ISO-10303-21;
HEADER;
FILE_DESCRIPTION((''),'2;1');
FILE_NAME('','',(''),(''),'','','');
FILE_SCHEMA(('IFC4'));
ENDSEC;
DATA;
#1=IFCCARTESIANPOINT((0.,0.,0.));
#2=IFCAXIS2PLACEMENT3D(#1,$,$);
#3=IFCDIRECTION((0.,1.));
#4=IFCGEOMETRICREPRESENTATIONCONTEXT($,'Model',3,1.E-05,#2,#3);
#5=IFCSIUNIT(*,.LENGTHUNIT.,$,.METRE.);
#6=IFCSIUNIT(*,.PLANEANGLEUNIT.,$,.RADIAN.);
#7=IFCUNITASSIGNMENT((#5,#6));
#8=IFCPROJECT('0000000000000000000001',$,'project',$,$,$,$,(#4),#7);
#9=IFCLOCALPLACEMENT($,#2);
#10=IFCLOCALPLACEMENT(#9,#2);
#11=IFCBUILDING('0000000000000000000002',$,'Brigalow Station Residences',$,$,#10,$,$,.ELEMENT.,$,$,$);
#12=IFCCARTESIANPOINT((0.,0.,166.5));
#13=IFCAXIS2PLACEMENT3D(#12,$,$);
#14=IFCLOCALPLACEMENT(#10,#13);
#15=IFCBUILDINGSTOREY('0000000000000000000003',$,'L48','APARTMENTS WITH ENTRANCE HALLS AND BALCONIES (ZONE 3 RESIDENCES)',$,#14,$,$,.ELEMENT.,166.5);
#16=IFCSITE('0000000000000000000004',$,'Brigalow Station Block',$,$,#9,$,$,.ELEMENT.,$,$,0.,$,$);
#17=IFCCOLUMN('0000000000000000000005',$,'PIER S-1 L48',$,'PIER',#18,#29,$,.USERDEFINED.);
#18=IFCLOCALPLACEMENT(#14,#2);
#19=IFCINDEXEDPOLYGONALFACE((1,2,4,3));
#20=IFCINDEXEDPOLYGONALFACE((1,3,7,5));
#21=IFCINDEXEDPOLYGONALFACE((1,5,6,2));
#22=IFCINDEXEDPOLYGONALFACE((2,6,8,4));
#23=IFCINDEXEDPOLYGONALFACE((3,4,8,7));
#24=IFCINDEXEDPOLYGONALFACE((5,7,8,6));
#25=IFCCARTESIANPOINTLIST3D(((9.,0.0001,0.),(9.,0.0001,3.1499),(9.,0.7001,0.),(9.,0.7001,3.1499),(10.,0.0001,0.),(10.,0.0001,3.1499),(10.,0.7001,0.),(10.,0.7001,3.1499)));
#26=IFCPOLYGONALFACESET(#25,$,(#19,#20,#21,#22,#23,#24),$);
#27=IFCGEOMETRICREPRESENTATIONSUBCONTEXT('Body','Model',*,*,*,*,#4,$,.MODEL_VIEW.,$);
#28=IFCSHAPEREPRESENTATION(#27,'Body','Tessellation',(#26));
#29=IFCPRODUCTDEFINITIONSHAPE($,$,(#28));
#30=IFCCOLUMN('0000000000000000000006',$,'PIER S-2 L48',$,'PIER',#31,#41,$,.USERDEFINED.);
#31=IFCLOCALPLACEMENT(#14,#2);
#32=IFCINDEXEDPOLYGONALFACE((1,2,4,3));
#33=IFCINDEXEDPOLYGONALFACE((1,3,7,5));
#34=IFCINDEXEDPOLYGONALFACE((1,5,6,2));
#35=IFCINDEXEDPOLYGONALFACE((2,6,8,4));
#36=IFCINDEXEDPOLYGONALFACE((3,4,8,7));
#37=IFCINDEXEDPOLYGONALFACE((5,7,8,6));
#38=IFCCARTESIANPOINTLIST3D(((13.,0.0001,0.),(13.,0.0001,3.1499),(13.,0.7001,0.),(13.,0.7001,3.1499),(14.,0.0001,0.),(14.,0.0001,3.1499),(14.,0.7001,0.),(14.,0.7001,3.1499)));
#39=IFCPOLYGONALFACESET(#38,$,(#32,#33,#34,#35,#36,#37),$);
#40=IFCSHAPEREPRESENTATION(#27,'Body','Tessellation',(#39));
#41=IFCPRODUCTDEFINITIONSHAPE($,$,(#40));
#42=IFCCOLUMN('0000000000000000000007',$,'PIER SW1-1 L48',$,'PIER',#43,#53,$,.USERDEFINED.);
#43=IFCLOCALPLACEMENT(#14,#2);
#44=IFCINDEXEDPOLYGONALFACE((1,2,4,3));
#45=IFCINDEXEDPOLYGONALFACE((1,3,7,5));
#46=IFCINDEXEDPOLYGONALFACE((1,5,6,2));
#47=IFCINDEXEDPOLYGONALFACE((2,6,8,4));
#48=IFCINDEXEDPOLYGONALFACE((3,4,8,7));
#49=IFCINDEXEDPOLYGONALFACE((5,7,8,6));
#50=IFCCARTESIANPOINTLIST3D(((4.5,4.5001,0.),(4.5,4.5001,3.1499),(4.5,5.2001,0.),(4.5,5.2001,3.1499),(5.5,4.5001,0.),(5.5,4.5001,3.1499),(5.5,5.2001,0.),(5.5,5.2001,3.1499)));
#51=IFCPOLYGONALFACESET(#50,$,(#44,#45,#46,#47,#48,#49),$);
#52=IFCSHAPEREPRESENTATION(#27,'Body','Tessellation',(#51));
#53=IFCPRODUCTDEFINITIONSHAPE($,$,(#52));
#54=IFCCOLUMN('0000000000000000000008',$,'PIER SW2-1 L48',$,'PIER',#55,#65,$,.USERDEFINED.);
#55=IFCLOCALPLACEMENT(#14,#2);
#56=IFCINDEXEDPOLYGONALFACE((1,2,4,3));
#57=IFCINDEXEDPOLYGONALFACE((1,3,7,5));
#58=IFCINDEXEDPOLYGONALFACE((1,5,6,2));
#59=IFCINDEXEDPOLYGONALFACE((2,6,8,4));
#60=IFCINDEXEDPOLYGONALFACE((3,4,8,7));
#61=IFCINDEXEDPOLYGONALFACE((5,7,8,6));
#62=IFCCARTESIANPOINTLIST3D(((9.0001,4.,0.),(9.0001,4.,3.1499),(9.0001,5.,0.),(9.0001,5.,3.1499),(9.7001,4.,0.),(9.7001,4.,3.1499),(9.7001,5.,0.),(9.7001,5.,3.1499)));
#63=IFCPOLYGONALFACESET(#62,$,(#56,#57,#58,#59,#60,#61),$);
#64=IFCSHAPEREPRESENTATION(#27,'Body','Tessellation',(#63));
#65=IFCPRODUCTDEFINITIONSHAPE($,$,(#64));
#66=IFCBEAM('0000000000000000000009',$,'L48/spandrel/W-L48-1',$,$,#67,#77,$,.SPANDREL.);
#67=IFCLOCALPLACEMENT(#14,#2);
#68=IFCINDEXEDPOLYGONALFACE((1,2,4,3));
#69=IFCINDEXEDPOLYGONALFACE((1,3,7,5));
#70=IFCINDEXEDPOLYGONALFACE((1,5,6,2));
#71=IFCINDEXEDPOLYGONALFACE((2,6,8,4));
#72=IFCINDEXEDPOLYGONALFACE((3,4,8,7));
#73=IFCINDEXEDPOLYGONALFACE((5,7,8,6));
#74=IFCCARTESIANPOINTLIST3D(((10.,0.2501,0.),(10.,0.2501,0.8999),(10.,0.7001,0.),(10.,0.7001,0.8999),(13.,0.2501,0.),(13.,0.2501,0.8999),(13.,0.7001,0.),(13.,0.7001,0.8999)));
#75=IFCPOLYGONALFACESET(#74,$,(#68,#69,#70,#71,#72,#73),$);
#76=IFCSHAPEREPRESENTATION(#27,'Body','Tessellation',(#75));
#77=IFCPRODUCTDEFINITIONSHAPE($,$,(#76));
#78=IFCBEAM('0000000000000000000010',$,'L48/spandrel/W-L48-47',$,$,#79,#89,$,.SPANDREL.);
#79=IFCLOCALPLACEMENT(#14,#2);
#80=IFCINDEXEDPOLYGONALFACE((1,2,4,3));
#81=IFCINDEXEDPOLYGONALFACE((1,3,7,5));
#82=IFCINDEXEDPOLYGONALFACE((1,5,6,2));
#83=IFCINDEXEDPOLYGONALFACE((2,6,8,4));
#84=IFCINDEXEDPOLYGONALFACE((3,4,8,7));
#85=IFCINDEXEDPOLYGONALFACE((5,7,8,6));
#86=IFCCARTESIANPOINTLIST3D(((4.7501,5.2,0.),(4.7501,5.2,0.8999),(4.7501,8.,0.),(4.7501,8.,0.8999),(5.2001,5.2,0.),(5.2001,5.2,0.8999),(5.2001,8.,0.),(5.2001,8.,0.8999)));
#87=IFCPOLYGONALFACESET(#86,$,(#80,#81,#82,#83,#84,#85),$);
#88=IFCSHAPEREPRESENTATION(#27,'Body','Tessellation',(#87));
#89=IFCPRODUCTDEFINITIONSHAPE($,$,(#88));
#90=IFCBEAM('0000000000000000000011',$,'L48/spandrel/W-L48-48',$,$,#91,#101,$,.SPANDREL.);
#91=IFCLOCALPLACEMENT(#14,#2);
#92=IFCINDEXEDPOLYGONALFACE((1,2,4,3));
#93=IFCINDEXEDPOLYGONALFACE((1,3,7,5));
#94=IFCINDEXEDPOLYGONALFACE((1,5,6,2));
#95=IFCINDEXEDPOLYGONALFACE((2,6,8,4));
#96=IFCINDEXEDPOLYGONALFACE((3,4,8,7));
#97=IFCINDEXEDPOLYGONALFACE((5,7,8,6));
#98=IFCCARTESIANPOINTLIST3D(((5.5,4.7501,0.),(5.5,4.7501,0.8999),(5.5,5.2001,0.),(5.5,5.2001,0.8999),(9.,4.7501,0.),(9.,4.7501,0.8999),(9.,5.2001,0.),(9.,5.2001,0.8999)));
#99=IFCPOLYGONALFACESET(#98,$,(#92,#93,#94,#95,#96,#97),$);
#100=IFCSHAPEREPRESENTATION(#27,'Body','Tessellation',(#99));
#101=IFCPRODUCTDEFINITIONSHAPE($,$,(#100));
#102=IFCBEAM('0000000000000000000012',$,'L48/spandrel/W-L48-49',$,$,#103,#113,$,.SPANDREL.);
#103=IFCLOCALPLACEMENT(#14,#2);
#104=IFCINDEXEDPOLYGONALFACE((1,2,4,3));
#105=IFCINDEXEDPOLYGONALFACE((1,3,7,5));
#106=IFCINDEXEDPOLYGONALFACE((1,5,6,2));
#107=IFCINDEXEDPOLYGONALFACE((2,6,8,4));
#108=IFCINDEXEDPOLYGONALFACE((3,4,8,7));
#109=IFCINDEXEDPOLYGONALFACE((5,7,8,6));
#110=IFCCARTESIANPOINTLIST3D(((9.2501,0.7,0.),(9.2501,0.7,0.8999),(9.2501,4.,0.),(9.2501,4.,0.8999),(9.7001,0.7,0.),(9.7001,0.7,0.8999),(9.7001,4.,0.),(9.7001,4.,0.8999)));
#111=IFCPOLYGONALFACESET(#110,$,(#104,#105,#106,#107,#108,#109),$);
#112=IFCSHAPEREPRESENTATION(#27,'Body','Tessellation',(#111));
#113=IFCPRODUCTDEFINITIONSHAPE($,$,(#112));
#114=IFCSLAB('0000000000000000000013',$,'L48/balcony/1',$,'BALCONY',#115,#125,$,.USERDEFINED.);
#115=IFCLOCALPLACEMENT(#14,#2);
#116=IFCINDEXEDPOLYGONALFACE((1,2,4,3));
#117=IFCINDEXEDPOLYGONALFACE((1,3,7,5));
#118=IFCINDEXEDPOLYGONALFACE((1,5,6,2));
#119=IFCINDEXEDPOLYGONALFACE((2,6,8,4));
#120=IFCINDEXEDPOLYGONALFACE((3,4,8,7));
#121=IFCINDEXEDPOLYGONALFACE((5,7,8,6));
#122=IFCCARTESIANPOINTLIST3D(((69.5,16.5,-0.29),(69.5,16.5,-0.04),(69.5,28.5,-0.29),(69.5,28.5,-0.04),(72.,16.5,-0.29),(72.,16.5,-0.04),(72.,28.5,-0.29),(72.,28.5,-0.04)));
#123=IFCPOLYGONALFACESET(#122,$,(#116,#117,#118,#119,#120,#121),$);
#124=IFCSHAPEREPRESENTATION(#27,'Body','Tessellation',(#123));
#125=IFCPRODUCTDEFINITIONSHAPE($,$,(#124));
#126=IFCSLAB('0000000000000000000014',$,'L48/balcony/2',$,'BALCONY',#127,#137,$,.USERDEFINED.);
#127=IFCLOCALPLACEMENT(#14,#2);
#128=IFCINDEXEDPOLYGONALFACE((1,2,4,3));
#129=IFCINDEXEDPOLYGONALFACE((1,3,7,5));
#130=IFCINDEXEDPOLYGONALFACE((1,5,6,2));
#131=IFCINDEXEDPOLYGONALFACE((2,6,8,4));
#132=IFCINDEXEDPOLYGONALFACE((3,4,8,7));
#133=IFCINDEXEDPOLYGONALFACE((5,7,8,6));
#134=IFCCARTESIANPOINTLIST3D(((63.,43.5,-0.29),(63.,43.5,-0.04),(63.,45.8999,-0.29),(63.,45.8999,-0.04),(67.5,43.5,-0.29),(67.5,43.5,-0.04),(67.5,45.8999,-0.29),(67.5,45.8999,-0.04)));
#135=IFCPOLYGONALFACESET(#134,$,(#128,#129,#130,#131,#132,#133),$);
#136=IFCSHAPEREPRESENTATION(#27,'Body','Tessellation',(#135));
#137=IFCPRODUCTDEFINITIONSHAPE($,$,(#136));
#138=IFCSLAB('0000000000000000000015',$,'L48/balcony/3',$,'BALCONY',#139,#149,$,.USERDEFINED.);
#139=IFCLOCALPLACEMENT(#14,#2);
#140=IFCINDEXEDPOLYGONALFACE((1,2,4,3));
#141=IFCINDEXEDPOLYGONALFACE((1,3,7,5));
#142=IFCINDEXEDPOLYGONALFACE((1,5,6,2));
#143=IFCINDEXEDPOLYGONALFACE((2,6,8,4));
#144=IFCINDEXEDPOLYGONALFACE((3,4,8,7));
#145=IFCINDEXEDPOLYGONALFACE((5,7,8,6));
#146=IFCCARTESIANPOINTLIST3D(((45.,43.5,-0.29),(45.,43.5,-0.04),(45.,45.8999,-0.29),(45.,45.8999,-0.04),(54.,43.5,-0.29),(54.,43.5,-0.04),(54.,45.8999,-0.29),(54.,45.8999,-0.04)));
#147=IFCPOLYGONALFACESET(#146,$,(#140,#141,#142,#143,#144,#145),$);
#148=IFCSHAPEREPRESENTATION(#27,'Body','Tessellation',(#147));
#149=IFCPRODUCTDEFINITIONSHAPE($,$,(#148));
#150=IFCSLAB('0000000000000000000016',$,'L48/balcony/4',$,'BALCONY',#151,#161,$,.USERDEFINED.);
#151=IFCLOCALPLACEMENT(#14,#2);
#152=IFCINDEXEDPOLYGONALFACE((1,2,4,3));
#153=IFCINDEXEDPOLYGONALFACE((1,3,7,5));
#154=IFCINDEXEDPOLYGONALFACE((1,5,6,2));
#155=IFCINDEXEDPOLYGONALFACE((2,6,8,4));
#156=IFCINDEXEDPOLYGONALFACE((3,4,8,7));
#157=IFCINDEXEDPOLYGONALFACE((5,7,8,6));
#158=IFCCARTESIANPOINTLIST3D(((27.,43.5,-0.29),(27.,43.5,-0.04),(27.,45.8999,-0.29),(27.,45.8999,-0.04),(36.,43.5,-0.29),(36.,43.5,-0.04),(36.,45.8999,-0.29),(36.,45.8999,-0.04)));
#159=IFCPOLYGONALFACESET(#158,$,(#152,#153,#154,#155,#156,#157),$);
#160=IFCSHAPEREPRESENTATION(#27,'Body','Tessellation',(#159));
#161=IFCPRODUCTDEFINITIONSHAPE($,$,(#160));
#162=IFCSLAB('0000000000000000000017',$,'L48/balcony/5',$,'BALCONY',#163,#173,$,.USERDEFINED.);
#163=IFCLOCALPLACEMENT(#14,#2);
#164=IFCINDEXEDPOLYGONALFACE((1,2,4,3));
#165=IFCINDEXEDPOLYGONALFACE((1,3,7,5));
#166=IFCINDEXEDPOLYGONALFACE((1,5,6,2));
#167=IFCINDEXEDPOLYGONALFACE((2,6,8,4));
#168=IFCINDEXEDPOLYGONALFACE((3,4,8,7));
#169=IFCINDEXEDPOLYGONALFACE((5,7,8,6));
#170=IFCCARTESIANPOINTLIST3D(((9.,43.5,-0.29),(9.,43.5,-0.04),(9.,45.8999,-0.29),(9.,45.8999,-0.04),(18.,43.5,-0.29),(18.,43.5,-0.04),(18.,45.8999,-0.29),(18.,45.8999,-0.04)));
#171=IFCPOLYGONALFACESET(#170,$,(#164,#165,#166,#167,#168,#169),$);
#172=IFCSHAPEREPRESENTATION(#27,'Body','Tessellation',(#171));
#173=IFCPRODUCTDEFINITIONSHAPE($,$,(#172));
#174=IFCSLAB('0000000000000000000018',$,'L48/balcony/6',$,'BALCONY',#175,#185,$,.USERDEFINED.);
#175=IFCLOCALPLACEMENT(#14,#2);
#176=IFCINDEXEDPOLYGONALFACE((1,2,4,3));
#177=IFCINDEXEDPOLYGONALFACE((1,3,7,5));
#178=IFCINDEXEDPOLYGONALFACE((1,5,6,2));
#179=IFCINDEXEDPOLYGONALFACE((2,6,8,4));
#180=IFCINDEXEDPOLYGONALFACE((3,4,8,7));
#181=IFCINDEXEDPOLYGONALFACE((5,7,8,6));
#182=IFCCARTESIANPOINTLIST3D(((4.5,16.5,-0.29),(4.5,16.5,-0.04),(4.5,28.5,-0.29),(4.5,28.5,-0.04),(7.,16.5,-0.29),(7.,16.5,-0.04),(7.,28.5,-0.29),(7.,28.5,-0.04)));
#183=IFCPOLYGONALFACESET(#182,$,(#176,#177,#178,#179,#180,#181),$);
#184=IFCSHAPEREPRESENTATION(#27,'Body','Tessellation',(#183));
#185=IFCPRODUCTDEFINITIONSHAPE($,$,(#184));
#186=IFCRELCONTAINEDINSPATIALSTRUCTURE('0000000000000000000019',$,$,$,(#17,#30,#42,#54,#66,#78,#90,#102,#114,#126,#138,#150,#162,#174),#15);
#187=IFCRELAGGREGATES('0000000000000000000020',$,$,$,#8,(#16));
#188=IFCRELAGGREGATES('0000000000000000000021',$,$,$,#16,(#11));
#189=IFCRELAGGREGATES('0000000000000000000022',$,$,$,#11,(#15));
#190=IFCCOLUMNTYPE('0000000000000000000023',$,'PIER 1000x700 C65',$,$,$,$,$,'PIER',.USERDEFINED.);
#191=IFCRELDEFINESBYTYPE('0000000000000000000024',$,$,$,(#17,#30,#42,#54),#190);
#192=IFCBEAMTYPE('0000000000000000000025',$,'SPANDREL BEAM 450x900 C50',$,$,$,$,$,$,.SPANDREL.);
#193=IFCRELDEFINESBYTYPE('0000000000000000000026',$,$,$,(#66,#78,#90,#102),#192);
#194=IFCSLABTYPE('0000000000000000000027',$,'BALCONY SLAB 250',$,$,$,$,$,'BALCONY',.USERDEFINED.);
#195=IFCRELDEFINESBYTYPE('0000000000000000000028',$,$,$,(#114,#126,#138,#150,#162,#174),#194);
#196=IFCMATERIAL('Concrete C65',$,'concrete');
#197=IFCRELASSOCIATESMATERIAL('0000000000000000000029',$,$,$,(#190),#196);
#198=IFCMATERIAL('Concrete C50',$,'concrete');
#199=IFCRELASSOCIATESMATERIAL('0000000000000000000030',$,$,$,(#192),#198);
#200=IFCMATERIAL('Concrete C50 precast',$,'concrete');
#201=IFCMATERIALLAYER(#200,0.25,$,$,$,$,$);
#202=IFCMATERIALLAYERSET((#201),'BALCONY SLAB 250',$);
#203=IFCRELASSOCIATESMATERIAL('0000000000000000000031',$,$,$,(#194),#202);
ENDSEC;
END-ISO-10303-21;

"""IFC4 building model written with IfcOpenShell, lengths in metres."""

from ifc_helpers import new_model, si_unit, direction, frame, origin, origin_2d, place, context, subcontext, project, spatial, polyline, rectangle, outline, extrude, material, layer, layer_set, material_profile, profile_set, type_object, element, save


model = new_model("IFC4")

# Units and contexts
model_context = context("Model", 3, precision=1e-05, world=origin(), true_north=direction((0.0, 1.0)))
body_context = subcontext(model_context, "Body", "Model", "MODEL_VIEW")
ifc_project = project(units=[si_unit("LENGTHUNIT", "METRE"), si_unit("PLANEANGLEUNIT", "RADIAN")], contexts=[model_context])

# Site, building, storey
site_placement = place(None, origin())
site = spatial("IfcSite", under=ifc_project, at=site_placement, Name="Brigalow Station Block", CompositionType="ELEMENT", RefElevation=0.0)
building_placement = place(site_placement, origin())
building = spatial("IfcBuilding", under=site, at=building_placement, Name="Brigalow Station Residences", CompositionType="ELEMENT")
storey_placement = place(building_placement, frame((0.0, 0.0, 166.5)))
storey = spatial("IfcBuildingStorey", under=building, at=storey_placement, Name="L48", Description="APARTMENTS WITH ENTRANCE HALLS AND BALCONIES (ZONE 3 RESIDENCES)", CompositionType="ELEMENT", Elevation=166.5)

# Columns
ifc_material_1 = material(Name="Concrete C65", Category="concrete")
ifc_material_profile_1 = material_profile(ifc_material_1, rectangle(XDim=1.0, YDim=0.7, at=origin_2d()), Name="RC1000x700")
ifc_profile_set_1 = profile_set([ifc_material_profile_1], Name="Concrete C65")
column_type = type_object("IfcColumnType", Name="PIER 1000x700 C65", ElementType="PIER", PredefinedType="USERDEFINED", material=ifc_profile_set_1)
for number, where, z_axis, x_axis, name in (
    (1, (9.5, 0.3501, 0.0), (0.0, 0.0, 1.0), (1.0, 0.0, 0.0), "PIER S-1 L48"),
    (2, (13.5, 0.3501, 0.0), (0.0, 0.0, 1.0), (1.0, 0.0, 0.0), "PIER S-2 L48"),
    (3, (5.0, 4.8501, 0.0), (0.0, 0.0, 1.0), (1.0, 0.0, 0.0), "PIER SW1-1 L48"),
    (4, (9.3501, 4.5, 0.0), (0.0, 0.0, 1.0), (0.0, -1.0, 0.0), "PIER SW2-1 L48"),
):
    element("IfcColumn", number, at=place(storey_placement, frame(where, z_axis=z_axis, x_axis=x_axis)), inside=storey, type_object=column_type, Name=name, ObjectType="PIER", PredefinedType="USERDEFINED", context=body_context, shape_type="SweptSolid", body=[
        extrude(rectangle(XDim=1.0, YDim=0.7, at=origin_2d()), origin(), (0.0, 0.0, 1.0), 3.1499),
    ])

# Beams
ifc_material_2 = material(Name="Concrete C50", Category="concrete")
ifc_material_profile_2 = material_profile(ifc_material_2, rectangle(XDim=0.45, YDim=0.8999, at=origin_2d()), Name="RC450x900")
ifc_profile_set_2 = profile_set([ifc_material_profile_2], Name="Concrete C50")
beam_type = type_object("IfcBeamType", Name="SPANDREL BEAM 450x900 C50", PredefinedType="SPANDREL", material=ifc_profile_set_2)
beam_1_placement = place(storey_placement, frame((10.0, 0.4751, 0.45), z_axis=(1.0, 0.0, 0.0), x_axis=(0.0, 1.0, 0.0)))
element("IfcBeam", 5, at=beam_1_placement, inside=storey, type_object=beam_type, Name="L48/spandrel/W-L48-1", PredefinedType="SPANDREL", context=body_context, shape_type="SweptSolid", body=[
    extrude(rectangle(XDim=0.45, YDim=0.8999, at=origin_2d()), origin(), (0.0, 0.0, 1.0), 3.0),
])
beam_2_placement = place(storey_placement, frame((4.9751, 8.0, 0.45), z_axis=(0.0, -1.0, 0.0), x_axis=(1.0, 0.0, 0.0)))
element("IfcBeam", 6, at=beam_2_placement, inside=storey, type_object=beam_type, Name="L48/spandrel/W-L48-47", PredefinedType="SPANDREL", context=body_context, shape_type="SweptSolid", body=[
    extrude(rectangle(XDim=0.45, YDim=0.8999, at=origin_2d()), origin(), (0.0, 0.0, 1.0), 2.8),
])
beam_3_placement = place(storey_placement, frame((5.5, 4.9751, 0.45), z_axis=(1.0, 0.0, 0.0), x_axis=(0.0, 1.0, 0.0)))
element("IfcBeam", 7, at=beam_3_placement, inside=storey, type_object=beam_type, Name="L48/spandrel/W-L48-48", PredefinedType="SPANDREL", context=body_context, shape_type="SweptSolid", body=[
    extrude(rectangle(XDim=0.45, YDim=0.8999, at=origin_2d()), origin(), (0.0, 0.0, 1.0), 3.5),
])
beam_4_placement = place(storey_placement, frame((9.4751, 4.0, 0.45), z_axis=(0.0, -1.0, 0.0), x_axis=(1.0, 0.0, 0.0)))
element("IfcBeam", 8, at=beam_4_placement, inside=storey, type_object=beam_type, Name="L48/spandrel/W-L48-49", PredefinedType="SPANDREL", context=body_context, shape_type="SweptSolid", body=[
    extrude(rectangle(XDim=0.45, YDim=0.8999, at=origin_2d()), origin(), (0.0, 0.0, 1.0), 3.3),
])

# Slabs
ifc_material_3 = material(Name="Concrete C50 precast", Category="concrete")
ifc_layer_1 = layer(ifc_material_3, 0.25)
ifc_layer_set_1 = layer_set([ifc_layer_1], Name="BALCONY SLAB 250")
slab_type_1 = type_object("IfcSlabType", Name="BALCONY SLAB 250", ElementType="BALCONY", PredefinedType="USERDEFINED", material=ifc_layer_set_1)
slab_1_placement = place(storey_placement, frame((0.0, 0.0, -0.29)))
element("IfcSlab", 9, at=slab_1_placement, inside=storey, type_object=slab_type_1, Name="L48/balcony/1", ObjectType="BALCONY", PredefinedType="USERDEFINED", context=body_context, shape_type="SweptSolid", body=[
    extrude(outline(polyline([(69.5, 16.5), (72.0, 16.5), (72.0, 28.5), (69.5, 28.5), (69.5, 16.5)])), origin(), (0.0, 0.0, 1.0), 0.25),
])
slab_2_placement = place(storey_placement, frame((0.0, 0.0, -0.29)))
element("IfcSlab", 10, at=slab_2_placement, inside=storey, type_object=slab_type_1, Name="L48/balcony/2", ObjectType="BALCONY", PredefinedType="USERDEFINED", context=body_context, shape_type="SweptSolid", body=[
    extrude(outline(polyline([(67.5, 43.5), (67.5, 45.8999), (63.0, 45.8999), (63.0, 43.5), (67.5, 43.5)])), origin(), (0.0, 0.0, 1.0), 0.25),
])
slab_3_placement = place(storey_placement, frame((0.0, 0.0, -0.29)))
element("IfcSlab", 11, at=slab_3_placement, inside=storey, type_object=slab_type_1, Name="L48/balcony/3", ObjectType="BALCONY", PredefinedType="USERDEFINED", context=body_context, shape_type="SweptSolid", body=[
    extrude(outline(polyline([(54.0, 43.5), (54.0, 45.8999), (45.0, 45.8999), (45.0, 43.5), (54.0, 43.5)])), origin(), (0.0, 0.0, 1.0), 0.25),
])
slab_4_placement = place(storey_placement, frame((0.0, 0.0, -0.29)))
element("IfcSlab", 12, at=slab_4_placement, inside=storey, type_object=slab_type_1, Name="L48/balcony/4", ObjectType="BALCONY", PredefinedType="USERDEFINED", context=body_context, shape_type="SweptSolid", body=[
    extrude(outline(polyline([(36.0, 43.5), (36.0, 45.8999), (27.0, 45.8999), (27.0, 43.5), (36.0, 43.5)])), origin(), (0.0, 0.0, 1.0), 0.25),
])
slab_5_placement = place(storey_placement, frame((0.0, 0.0, -0.29)))
element("IfcSlab", 13, at=slab_5_placement, inside=storey, type_object=slab_type_1, Name="L48/balcony/5", ObjectType="BALCONY", PredefinedType="USERDEFINED", context=body_context, shape_type="SweptSolid", body=[
    extrude(outline(polyline([(18.0, 43.5), (18.0, 45.8999), (9.0, 45.8999), (9.0, 43.5), (18.0, 43.5)])), origin(), (0.0, 0.0, 1.0), 0.25),
])
slab_6_placement = place(storey_placement, frame((0.0, 0.0, -0.29)))
element("IfcSlab", 14, at=slab_6_placement, inside=storey, type_object=slab_type_1, Name="L48/balcony/6", ObjectType="BALCONY", PredefinedType="USERDEFINED", context=body_context, shape_type="SweptSolid", body=[
    extrude(outline(polyline([(7.0, 28.5), (4.5, 28.5), (4.5, 16.5), (7.0, 16.5), (7.0, 28.5)])), origin(), (0.0, 0.0, 1.0), 0.25),
])

save(model, "model.ifc")
